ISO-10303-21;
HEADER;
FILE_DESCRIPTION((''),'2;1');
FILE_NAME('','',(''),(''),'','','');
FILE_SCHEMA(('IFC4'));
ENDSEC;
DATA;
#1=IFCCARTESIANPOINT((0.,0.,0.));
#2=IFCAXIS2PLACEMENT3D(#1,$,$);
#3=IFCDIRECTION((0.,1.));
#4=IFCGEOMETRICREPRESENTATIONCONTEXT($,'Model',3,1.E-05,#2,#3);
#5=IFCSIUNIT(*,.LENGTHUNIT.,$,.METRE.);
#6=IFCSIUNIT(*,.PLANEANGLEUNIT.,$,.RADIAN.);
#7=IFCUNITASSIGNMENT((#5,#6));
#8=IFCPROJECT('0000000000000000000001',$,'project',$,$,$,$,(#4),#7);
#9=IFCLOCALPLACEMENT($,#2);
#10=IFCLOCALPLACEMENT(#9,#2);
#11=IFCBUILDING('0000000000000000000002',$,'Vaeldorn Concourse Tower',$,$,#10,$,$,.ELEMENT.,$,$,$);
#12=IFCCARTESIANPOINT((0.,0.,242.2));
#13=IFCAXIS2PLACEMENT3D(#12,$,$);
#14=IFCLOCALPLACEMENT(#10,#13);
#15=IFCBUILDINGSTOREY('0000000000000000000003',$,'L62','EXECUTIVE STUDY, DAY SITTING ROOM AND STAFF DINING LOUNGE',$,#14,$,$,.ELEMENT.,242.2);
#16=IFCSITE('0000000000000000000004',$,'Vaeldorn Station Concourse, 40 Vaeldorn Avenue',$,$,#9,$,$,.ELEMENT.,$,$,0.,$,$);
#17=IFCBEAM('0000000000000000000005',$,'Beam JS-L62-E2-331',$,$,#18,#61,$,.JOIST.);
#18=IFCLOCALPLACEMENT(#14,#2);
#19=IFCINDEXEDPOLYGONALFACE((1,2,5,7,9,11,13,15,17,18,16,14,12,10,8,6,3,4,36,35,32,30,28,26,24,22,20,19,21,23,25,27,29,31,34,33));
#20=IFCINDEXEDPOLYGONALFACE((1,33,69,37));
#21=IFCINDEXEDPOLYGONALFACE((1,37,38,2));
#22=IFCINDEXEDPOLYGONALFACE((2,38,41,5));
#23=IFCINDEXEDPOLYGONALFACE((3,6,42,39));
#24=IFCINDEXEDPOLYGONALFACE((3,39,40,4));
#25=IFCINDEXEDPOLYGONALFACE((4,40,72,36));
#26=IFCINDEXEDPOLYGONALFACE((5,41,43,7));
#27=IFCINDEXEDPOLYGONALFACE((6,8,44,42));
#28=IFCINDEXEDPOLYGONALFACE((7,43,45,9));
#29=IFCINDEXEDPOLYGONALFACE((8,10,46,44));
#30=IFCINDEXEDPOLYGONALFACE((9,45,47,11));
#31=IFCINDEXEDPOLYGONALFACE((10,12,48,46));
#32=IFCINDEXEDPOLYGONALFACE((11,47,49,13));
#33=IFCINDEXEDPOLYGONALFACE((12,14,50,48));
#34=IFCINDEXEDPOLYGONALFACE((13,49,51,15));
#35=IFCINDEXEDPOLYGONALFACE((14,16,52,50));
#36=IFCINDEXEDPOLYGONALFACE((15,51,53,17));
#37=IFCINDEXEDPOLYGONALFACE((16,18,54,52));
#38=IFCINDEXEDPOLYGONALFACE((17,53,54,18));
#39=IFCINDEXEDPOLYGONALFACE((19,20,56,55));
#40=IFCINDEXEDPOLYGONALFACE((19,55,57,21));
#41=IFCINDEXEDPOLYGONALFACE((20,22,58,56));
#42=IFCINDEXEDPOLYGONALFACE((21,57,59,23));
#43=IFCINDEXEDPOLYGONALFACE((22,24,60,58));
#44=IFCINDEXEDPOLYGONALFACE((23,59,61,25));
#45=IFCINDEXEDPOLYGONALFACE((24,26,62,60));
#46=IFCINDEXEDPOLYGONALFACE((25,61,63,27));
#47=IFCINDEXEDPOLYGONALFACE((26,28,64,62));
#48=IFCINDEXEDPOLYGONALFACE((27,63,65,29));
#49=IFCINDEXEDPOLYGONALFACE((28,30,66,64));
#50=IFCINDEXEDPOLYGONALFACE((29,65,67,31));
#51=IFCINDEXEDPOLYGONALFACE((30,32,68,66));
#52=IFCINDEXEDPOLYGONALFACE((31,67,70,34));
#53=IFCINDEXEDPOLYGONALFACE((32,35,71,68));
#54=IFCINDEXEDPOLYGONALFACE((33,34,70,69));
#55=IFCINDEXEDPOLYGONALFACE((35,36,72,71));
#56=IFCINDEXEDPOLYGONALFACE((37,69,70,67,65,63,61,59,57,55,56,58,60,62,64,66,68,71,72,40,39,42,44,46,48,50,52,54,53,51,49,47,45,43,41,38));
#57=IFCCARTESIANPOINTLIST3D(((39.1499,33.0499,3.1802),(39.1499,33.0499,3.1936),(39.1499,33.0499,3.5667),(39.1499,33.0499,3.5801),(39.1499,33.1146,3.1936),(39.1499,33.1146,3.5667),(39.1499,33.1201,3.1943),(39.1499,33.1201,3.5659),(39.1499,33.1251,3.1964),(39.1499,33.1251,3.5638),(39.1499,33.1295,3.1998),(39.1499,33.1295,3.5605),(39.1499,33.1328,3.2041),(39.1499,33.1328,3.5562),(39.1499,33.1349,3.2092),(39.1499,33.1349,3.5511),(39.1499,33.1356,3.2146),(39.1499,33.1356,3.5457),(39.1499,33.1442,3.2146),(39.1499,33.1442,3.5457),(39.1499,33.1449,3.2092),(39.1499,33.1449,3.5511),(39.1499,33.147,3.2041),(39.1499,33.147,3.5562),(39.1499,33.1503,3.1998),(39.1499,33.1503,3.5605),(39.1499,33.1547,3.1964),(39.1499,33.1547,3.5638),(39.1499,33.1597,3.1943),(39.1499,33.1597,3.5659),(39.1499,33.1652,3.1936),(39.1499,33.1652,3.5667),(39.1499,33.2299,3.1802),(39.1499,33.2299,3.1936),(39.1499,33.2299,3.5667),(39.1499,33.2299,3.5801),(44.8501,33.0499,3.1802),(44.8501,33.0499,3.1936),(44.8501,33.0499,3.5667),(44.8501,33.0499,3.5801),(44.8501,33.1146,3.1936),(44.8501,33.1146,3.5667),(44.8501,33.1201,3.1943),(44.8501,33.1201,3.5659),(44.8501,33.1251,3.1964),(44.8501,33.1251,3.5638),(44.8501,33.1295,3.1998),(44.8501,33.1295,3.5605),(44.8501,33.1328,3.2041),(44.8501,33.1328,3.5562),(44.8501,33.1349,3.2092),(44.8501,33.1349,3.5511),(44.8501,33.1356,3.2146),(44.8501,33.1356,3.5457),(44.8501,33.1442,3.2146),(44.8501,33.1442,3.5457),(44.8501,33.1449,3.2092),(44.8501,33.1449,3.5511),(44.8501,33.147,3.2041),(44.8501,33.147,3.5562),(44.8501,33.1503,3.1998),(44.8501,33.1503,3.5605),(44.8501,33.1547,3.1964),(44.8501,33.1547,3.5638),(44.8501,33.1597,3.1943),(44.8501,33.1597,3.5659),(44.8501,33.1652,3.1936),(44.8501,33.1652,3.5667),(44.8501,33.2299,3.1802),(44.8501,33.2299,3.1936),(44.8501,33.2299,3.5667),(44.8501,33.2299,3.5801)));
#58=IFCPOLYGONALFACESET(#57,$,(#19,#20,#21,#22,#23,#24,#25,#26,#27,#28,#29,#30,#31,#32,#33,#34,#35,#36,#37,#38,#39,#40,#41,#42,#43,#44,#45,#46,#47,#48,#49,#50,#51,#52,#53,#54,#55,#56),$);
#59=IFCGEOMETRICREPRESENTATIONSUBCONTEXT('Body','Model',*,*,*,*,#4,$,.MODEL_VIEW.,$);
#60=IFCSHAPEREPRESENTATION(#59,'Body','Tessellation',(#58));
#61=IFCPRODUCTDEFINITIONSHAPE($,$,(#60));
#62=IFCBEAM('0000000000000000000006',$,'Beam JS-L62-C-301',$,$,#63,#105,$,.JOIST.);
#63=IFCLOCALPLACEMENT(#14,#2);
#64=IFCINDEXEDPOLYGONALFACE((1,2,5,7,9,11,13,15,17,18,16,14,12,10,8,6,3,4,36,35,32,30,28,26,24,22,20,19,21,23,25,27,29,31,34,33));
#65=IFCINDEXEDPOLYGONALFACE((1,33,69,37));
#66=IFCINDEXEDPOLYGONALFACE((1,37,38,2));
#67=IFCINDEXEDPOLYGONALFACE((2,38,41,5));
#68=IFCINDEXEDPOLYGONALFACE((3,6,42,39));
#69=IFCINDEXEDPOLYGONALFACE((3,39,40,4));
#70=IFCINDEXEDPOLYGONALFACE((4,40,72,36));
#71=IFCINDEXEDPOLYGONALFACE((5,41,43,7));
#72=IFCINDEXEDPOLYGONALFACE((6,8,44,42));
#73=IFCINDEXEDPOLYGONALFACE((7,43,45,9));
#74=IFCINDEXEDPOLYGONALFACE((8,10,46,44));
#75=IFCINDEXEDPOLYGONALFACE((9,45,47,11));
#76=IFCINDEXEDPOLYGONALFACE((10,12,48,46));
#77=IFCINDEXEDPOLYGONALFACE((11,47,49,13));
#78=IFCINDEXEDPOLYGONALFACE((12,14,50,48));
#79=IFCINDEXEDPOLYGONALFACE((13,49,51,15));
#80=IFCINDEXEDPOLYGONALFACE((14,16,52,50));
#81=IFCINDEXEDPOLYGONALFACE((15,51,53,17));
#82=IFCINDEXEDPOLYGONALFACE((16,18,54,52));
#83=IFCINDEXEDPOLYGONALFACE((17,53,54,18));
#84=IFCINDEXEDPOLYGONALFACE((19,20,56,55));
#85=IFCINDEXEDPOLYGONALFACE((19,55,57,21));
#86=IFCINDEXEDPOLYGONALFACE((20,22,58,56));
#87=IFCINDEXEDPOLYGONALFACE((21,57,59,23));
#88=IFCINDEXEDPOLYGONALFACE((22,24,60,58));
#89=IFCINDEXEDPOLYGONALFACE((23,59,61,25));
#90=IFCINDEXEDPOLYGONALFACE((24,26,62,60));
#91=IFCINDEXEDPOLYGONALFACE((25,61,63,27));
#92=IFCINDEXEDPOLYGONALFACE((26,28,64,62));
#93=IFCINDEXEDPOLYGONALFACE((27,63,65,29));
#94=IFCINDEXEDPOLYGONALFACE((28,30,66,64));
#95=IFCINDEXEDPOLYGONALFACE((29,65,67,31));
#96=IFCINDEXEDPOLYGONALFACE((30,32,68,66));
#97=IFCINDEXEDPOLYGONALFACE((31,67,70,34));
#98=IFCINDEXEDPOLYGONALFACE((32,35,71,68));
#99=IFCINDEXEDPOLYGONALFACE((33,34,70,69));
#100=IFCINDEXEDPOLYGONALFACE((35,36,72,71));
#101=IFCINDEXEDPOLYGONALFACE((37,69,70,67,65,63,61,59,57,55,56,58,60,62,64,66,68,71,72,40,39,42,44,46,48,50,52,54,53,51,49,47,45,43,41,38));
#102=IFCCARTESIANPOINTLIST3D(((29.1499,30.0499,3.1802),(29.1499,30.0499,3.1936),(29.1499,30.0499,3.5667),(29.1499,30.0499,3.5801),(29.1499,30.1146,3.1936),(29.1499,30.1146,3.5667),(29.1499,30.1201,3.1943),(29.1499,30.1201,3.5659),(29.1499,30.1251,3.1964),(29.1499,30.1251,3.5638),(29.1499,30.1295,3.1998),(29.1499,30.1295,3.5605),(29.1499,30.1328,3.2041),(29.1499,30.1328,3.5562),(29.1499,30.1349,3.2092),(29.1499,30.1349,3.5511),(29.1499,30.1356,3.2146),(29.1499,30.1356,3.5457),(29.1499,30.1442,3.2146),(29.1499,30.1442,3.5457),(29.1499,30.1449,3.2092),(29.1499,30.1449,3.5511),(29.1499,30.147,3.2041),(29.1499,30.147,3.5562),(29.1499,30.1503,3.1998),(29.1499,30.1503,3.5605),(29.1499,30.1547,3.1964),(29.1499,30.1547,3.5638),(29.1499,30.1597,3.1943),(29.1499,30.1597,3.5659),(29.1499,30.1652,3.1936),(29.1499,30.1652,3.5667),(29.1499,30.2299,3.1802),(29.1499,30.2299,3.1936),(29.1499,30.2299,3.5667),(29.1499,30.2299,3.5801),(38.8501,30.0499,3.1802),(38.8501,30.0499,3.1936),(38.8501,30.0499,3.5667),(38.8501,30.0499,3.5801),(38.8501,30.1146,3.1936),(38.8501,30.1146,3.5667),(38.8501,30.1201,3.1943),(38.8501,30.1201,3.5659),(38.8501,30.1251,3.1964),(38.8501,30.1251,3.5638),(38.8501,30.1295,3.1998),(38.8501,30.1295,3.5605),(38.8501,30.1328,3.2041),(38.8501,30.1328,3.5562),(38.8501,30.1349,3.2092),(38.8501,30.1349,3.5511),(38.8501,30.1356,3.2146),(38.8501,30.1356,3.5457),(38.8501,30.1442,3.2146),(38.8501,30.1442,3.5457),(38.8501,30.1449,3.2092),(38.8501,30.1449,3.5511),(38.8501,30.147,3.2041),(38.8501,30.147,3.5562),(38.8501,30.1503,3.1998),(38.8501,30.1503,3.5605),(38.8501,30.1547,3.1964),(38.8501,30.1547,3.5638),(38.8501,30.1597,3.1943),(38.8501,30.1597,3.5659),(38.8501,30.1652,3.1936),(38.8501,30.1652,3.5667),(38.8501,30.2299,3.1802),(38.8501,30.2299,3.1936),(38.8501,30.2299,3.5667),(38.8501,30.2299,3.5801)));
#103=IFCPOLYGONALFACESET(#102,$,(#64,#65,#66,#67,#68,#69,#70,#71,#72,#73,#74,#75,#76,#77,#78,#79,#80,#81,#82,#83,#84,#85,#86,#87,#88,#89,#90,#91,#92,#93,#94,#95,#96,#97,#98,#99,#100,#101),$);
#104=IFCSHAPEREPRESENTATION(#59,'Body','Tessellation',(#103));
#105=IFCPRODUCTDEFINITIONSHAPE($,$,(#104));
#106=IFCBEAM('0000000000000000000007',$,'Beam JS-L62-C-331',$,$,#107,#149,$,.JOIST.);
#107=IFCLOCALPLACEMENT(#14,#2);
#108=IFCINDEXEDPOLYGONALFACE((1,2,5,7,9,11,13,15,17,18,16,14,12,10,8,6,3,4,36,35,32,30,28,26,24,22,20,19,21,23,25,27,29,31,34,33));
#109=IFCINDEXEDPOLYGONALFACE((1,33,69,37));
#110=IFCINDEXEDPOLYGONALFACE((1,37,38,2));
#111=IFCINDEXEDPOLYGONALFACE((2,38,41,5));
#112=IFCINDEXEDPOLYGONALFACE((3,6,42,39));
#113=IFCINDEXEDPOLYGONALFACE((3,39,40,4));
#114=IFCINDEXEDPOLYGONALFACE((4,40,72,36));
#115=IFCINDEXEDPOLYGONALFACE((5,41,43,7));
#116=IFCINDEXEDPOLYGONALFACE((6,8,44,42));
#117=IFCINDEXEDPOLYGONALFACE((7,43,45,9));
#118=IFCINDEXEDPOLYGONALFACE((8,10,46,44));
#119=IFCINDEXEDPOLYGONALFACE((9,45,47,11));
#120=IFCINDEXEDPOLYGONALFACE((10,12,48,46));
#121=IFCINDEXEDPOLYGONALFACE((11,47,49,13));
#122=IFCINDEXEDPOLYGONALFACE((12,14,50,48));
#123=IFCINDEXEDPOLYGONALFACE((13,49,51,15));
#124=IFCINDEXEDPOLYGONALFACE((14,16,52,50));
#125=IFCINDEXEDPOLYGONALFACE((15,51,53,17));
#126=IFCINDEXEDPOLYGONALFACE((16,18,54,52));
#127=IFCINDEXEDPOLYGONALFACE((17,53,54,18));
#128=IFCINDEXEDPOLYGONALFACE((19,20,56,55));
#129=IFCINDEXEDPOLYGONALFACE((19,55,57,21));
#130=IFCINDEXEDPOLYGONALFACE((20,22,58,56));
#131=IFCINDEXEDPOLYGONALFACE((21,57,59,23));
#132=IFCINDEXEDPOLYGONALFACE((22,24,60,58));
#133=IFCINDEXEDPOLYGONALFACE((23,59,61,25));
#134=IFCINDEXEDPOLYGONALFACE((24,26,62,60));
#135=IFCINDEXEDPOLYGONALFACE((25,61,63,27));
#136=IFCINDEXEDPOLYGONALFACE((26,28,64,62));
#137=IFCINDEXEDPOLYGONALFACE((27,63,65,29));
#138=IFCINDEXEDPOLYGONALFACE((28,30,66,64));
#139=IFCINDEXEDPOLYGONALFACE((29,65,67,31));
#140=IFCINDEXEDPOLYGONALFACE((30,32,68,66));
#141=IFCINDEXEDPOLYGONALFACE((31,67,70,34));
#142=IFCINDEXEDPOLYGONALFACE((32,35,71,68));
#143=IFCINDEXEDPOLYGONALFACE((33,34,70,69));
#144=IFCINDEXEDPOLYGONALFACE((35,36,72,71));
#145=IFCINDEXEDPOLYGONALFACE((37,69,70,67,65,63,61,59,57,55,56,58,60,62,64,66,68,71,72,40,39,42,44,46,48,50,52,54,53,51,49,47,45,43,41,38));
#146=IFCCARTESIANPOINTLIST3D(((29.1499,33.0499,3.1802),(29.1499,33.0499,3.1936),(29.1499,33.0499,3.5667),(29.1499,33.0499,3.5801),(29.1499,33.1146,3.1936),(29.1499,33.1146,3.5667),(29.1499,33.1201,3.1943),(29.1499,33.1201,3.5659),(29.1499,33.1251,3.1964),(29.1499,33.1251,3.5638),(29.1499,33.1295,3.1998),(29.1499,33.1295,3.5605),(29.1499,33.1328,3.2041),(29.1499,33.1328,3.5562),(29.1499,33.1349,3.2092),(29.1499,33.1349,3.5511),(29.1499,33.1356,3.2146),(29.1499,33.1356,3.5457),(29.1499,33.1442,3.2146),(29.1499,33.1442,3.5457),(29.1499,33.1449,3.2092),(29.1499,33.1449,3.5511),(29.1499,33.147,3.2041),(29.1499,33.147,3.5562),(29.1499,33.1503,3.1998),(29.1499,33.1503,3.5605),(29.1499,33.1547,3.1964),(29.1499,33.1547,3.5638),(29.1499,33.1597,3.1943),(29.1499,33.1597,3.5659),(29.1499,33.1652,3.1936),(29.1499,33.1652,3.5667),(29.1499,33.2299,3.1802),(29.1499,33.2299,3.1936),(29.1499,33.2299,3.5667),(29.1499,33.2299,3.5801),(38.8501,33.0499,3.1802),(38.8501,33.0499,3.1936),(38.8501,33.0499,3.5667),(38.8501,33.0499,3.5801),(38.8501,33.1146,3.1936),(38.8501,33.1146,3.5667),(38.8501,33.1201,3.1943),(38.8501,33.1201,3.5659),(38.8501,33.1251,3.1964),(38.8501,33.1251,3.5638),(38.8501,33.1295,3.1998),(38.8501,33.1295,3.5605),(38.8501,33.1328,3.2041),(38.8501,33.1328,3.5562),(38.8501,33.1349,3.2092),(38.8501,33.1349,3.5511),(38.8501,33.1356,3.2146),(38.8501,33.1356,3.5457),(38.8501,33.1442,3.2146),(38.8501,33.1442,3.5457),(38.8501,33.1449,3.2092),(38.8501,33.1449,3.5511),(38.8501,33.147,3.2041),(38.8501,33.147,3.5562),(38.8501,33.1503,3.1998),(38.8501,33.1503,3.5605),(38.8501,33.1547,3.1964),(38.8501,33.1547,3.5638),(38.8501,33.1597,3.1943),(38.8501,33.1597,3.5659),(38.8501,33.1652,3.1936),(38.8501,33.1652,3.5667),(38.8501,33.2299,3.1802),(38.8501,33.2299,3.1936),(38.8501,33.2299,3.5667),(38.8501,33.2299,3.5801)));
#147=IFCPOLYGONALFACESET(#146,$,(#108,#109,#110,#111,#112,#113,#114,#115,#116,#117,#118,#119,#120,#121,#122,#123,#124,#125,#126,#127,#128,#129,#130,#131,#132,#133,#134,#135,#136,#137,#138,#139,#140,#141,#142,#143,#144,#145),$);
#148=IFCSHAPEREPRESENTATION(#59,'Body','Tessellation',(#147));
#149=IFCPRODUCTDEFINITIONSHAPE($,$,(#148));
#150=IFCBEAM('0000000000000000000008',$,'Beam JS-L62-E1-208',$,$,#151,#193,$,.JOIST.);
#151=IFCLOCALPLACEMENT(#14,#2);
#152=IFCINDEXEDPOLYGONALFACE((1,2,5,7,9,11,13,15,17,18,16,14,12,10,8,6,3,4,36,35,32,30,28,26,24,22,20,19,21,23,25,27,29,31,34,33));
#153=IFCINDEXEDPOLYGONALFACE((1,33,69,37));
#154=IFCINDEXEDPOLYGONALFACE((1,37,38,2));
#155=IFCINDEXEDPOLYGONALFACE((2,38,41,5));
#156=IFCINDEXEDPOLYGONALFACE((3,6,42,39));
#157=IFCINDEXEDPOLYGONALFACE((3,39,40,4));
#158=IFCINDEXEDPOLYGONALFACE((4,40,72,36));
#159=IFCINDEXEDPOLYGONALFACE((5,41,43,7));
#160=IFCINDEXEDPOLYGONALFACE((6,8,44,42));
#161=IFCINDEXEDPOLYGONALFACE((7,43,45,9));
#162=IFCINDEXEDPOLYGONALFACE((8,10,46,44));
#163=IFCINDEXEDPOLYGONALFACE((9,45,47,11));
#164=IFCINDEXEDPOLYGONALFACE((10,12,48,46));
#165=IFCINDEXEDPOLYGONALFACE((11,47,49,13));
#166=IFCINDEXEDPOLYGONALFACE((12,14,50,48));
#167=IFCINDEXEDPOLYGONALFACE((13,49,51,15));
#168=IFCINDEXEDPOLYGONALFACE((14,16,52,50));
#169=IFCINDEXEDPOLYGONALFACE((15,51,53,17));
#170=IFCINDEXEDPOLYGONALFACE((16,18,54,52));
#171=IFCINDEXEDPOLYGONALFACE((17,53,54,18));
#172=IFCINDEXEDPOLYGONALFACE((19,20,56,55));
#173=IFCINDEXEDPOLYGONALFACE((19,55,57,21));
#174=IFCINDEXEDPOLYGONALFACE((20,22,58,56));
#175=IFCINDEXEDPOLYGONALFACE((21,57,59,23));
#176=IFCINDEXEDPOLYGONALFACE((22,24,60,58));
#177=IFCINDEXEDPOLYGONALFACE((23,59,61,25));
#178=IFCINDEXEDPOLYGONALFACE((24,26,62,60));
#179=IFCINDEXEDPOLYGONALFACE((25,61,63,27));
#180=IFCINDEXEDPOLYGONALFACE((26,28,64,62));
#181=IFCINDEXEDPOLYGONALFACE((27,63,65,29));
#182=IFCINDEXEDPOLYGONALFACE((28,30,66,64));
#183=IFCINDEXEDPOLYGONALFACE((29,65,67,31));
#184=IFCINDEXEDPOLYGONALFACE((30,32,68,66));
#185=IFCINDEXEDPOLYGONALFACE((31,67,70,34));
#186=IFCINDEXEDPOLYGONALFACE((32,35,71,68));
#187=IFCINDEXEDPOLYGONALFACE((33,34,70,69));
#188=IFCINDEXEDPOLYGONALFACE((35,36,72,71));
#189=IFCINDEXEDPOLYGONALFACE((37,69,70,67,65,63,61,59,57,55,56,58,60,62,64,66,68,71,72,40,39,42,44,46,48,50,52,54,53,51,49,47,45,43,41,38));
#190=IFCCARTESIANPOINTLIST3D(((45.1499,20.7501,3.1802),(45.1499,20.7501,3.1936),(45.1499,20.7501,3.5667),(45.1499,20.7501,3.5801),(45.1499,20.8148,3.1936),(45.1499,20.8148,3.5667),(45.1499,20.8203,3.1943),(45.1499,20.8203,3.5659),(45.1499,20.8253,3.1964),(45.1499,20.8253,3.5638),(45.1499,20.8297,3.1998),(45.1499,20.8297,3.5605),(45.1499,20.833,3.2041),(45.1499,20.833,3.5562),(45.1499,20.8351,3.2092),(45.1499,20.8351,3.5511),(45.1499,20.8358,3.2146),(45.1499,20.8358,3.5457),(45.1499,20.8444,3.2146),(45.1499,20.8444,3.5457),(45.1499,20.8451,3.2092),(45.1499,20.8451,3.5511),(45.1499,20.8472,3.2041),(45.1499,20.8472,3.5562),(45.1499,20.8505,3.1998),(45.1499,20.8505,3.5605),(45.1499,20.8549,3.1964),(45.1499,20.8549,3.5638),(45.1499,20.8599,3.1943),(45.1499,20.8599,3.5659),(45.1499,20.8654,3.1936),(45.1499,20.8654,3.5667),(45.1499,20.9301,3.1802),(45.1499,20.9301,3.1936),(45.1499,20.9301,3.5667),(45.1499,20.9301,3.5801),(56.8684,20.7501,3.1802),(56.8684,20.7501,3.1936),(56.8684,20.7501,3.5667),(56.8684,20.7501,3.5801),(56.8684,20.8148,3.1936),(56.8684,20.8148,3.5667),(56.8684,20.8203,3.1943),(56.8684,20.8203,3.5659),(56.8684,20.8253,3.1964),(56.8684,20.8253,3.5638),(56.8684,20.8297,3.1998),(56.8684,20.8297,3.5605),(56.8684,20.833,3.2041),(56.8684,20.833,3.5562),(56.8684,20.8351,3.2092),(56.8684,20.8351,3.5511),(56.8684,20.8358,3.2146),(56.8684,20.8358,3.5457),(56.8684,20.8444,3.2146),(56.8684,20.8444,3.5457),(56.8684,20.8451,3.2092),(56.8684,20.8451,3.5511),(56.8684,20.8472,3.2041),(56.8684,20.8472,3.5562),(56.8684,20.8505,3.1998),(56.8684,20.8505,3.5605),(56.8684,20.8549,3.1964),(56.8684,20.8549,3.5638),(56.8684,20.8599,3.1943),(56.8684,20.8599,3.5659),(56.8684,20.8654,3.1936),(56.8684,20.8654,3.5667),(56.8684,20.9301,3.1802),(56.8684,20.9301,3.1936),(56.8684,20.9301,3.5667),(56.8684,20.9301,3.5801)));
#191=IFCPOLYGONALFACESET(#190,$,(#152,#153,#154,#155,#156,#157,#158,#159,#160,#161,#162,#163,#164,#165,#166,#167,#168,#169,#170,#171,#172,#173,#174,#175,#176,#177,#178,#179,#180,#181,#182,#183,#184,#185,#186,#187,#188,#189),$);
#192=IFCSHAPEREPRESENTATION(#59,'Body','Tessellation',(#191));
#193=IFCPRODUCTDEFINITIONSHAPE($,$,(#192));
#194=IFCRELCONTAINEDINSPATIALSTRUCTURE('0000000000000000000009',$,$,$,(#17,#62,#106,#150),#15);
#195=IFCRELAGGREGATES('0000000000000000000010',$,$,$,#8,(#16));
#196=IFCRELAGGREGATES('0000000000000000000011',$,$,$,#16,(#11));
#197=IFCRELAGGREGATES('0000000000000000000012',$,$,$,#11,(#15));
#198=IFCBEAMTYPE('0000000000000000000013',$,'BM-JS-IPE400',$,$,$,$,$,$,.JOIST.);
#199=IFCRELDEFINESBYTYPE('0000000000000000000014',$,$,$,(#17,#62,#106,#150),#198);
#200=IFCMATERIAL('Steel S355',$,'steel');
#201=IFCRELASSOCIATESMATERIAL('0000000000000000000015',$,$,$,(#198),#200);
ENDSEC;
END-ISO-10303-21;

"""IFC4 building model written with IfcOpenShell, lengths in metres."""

from ifc_helpers import new_model, si_unit, direction, frame, origin, origin_2d, place, context, subcontext, project, spatial, i_section, extrude, source, transform, mapped, material, material_profile, profile_set, type_object, element, save


model = new_model("IFC4")

# Units and contexts
model_context = context("Model", 3, precision=1e-05, world=origin(), true_north=direction((0.0, 1.0)))
body_context = subcontext(model_context, "Body", "Model", "MODEL_VIEW")
ifc_project = project(units=[si_unit("LENGTHUNIT", "METRE"), si_unit("PLANEANGLEUNIT", "RADIAN")], contexts=[model_context])

# Site, building, storey
site_placement = place(None, origin())
site = spatial("IfcSite", under=ifc_project, at=site_placement, Name="Vaeldorn Station Concourse, 40 Vaeldorn Avenue", CompositionType="ELEMENT", RefElevation=0.0)
building_placement = place(site_placement, origin())
building = spatial("IfcBuilding", under=site, at=building_placement, Name="Vaeldorn Concourse Tower", CompositionType="ELEMENT")
storey_placement = place(building_placement, frame((0.0, 0.0, 242.2)))
storey = spatial("IfcBuildingStorey", under=building, at=storey_placement, Name="L62", Description="EXECUTIVE STUDY, DAY SITTING ROOM AND STAFF DINING LOUNGE", CompositionType="ELEMENT", Elevation=242.2)

# Shared definitions
ifc_material_1 = material(Name="Steel S355", Category="steel")

# Beams
ifc_material_profile_1 = material_profile(ifc_material_1, i_section(OverallWidth=0.1799, OverallDepth=0.3999, WebThickness=0.0085, FlangeThickness=0.0134, FilletRadius=0.021, at=origin_2d()), Name="IPE 400")
ifc_profile_set_1 = profile_set([ifc_material_profile_1], Name="Steel S355")
beam_type_1 = type_object("IfcBeamType", Name="BM-JS-IPE400", PredefinedType="JOIST", material=ifc_profile_set_1)
shared_shape_1 = source(origin(), body_context, "Body", "SweptSolid", [
    extrude(i_section(OverallWidth=0.1799, OverallDepth=0.3999, WebThickness=0.0085, FlangeThickness=0.0134, FilletRadius=0.021, at=origin_2d()), origin(), (0.0, 0.0, 1.0), 5.7002),
])
for number, where, z_axis, x_axis, name in (
    (1, (39.1499, 33.1399, 3.3801), (1.0, 0.0, 0.0), (0.0, 1.0, 0.0), "Beam JS-L62-E2-331"),
):
    element("IfcBeam", number, at=place(storey_placement, frame(where, z_axis=z_axis, x_axis=x_axis)), inside=storey, type_object=beam_type_1, Name=name, PredefinedType="JOIST", context=body_context, shape_type="MappedRepresentation", body=[
        mapped(shared_shape_1, transform((0.0, 0.0, 0.0), scale=1.0)),
    ])
shared_shape_2 = source(origin(), body_context, "Body", "SweptSolid", [
    extrude(i_section(OverallWidth=0.1799, OverallDepth=0.3999, WebThickness=0.0085, FlangeThickness=0.0134, FilletRadius=0.021, at=origin_2d()), origin(), (0.0, 0.0, 1.0), 9.7002),
])
for number, where, z_axis, x_axis, name in (
    (2, (29.1499, 30.1399, 3.3801), (1.0, 0.0, 0.0), (0.0, 1.0, 0.0), "Beam JS-L62-C-301"),
    (3, (29.1499, 33.1399, 3.3801), (1.0, 0.0, 0.0), (0.0, 1.0, 0.0), "Beam JS-L62-C-331"),
):
    element("IfcBeam", number, at=place(storey_placement, frame(where, z_axis=z_axis, x_axis=x_axis)), inside=storey, type_object=beam_type_1, Name=name, PredefinedType="JOIST", context=body_context, shape_type="MappedRepresentation", body=[
        mapped(shared_shape_2, transform((0.0, 0.0, 0.0), scale=1.0)),
    ])
shared_shape_3 = source(origin(), body_context, "Body", "SweptSolid", [
    extrude(i_section(OverallWidth=0.1799, OverallDepth=0.3999, WebThickness=0.0085, FlangeThickness=0.0134, FilletRadius=0.021, at=origin_2d()), origin(), (0.0, 0.0, 1.0), 11.7185),
])
beam_1_placement = place(storey_placement, frame((45.1499, 20.8401, 3.3801), z_axis=(1.0, 0.0, 0.0), x_axis=(0.0, 1.0, 0.0)))
element("IfcBeam", 4, at=beam_1_placement, inside=storey, type_object=beam_type_1, Name="Beam JS-L62-E1-208", PredefinedType="JOIST", context=body_context, shape_type="MappedRepresentation", body=[
    mapped(shared_shape_3, transform((0.0, 0.0, 0.0), scale=1.0)),
])

save(model, "model.ifc")
